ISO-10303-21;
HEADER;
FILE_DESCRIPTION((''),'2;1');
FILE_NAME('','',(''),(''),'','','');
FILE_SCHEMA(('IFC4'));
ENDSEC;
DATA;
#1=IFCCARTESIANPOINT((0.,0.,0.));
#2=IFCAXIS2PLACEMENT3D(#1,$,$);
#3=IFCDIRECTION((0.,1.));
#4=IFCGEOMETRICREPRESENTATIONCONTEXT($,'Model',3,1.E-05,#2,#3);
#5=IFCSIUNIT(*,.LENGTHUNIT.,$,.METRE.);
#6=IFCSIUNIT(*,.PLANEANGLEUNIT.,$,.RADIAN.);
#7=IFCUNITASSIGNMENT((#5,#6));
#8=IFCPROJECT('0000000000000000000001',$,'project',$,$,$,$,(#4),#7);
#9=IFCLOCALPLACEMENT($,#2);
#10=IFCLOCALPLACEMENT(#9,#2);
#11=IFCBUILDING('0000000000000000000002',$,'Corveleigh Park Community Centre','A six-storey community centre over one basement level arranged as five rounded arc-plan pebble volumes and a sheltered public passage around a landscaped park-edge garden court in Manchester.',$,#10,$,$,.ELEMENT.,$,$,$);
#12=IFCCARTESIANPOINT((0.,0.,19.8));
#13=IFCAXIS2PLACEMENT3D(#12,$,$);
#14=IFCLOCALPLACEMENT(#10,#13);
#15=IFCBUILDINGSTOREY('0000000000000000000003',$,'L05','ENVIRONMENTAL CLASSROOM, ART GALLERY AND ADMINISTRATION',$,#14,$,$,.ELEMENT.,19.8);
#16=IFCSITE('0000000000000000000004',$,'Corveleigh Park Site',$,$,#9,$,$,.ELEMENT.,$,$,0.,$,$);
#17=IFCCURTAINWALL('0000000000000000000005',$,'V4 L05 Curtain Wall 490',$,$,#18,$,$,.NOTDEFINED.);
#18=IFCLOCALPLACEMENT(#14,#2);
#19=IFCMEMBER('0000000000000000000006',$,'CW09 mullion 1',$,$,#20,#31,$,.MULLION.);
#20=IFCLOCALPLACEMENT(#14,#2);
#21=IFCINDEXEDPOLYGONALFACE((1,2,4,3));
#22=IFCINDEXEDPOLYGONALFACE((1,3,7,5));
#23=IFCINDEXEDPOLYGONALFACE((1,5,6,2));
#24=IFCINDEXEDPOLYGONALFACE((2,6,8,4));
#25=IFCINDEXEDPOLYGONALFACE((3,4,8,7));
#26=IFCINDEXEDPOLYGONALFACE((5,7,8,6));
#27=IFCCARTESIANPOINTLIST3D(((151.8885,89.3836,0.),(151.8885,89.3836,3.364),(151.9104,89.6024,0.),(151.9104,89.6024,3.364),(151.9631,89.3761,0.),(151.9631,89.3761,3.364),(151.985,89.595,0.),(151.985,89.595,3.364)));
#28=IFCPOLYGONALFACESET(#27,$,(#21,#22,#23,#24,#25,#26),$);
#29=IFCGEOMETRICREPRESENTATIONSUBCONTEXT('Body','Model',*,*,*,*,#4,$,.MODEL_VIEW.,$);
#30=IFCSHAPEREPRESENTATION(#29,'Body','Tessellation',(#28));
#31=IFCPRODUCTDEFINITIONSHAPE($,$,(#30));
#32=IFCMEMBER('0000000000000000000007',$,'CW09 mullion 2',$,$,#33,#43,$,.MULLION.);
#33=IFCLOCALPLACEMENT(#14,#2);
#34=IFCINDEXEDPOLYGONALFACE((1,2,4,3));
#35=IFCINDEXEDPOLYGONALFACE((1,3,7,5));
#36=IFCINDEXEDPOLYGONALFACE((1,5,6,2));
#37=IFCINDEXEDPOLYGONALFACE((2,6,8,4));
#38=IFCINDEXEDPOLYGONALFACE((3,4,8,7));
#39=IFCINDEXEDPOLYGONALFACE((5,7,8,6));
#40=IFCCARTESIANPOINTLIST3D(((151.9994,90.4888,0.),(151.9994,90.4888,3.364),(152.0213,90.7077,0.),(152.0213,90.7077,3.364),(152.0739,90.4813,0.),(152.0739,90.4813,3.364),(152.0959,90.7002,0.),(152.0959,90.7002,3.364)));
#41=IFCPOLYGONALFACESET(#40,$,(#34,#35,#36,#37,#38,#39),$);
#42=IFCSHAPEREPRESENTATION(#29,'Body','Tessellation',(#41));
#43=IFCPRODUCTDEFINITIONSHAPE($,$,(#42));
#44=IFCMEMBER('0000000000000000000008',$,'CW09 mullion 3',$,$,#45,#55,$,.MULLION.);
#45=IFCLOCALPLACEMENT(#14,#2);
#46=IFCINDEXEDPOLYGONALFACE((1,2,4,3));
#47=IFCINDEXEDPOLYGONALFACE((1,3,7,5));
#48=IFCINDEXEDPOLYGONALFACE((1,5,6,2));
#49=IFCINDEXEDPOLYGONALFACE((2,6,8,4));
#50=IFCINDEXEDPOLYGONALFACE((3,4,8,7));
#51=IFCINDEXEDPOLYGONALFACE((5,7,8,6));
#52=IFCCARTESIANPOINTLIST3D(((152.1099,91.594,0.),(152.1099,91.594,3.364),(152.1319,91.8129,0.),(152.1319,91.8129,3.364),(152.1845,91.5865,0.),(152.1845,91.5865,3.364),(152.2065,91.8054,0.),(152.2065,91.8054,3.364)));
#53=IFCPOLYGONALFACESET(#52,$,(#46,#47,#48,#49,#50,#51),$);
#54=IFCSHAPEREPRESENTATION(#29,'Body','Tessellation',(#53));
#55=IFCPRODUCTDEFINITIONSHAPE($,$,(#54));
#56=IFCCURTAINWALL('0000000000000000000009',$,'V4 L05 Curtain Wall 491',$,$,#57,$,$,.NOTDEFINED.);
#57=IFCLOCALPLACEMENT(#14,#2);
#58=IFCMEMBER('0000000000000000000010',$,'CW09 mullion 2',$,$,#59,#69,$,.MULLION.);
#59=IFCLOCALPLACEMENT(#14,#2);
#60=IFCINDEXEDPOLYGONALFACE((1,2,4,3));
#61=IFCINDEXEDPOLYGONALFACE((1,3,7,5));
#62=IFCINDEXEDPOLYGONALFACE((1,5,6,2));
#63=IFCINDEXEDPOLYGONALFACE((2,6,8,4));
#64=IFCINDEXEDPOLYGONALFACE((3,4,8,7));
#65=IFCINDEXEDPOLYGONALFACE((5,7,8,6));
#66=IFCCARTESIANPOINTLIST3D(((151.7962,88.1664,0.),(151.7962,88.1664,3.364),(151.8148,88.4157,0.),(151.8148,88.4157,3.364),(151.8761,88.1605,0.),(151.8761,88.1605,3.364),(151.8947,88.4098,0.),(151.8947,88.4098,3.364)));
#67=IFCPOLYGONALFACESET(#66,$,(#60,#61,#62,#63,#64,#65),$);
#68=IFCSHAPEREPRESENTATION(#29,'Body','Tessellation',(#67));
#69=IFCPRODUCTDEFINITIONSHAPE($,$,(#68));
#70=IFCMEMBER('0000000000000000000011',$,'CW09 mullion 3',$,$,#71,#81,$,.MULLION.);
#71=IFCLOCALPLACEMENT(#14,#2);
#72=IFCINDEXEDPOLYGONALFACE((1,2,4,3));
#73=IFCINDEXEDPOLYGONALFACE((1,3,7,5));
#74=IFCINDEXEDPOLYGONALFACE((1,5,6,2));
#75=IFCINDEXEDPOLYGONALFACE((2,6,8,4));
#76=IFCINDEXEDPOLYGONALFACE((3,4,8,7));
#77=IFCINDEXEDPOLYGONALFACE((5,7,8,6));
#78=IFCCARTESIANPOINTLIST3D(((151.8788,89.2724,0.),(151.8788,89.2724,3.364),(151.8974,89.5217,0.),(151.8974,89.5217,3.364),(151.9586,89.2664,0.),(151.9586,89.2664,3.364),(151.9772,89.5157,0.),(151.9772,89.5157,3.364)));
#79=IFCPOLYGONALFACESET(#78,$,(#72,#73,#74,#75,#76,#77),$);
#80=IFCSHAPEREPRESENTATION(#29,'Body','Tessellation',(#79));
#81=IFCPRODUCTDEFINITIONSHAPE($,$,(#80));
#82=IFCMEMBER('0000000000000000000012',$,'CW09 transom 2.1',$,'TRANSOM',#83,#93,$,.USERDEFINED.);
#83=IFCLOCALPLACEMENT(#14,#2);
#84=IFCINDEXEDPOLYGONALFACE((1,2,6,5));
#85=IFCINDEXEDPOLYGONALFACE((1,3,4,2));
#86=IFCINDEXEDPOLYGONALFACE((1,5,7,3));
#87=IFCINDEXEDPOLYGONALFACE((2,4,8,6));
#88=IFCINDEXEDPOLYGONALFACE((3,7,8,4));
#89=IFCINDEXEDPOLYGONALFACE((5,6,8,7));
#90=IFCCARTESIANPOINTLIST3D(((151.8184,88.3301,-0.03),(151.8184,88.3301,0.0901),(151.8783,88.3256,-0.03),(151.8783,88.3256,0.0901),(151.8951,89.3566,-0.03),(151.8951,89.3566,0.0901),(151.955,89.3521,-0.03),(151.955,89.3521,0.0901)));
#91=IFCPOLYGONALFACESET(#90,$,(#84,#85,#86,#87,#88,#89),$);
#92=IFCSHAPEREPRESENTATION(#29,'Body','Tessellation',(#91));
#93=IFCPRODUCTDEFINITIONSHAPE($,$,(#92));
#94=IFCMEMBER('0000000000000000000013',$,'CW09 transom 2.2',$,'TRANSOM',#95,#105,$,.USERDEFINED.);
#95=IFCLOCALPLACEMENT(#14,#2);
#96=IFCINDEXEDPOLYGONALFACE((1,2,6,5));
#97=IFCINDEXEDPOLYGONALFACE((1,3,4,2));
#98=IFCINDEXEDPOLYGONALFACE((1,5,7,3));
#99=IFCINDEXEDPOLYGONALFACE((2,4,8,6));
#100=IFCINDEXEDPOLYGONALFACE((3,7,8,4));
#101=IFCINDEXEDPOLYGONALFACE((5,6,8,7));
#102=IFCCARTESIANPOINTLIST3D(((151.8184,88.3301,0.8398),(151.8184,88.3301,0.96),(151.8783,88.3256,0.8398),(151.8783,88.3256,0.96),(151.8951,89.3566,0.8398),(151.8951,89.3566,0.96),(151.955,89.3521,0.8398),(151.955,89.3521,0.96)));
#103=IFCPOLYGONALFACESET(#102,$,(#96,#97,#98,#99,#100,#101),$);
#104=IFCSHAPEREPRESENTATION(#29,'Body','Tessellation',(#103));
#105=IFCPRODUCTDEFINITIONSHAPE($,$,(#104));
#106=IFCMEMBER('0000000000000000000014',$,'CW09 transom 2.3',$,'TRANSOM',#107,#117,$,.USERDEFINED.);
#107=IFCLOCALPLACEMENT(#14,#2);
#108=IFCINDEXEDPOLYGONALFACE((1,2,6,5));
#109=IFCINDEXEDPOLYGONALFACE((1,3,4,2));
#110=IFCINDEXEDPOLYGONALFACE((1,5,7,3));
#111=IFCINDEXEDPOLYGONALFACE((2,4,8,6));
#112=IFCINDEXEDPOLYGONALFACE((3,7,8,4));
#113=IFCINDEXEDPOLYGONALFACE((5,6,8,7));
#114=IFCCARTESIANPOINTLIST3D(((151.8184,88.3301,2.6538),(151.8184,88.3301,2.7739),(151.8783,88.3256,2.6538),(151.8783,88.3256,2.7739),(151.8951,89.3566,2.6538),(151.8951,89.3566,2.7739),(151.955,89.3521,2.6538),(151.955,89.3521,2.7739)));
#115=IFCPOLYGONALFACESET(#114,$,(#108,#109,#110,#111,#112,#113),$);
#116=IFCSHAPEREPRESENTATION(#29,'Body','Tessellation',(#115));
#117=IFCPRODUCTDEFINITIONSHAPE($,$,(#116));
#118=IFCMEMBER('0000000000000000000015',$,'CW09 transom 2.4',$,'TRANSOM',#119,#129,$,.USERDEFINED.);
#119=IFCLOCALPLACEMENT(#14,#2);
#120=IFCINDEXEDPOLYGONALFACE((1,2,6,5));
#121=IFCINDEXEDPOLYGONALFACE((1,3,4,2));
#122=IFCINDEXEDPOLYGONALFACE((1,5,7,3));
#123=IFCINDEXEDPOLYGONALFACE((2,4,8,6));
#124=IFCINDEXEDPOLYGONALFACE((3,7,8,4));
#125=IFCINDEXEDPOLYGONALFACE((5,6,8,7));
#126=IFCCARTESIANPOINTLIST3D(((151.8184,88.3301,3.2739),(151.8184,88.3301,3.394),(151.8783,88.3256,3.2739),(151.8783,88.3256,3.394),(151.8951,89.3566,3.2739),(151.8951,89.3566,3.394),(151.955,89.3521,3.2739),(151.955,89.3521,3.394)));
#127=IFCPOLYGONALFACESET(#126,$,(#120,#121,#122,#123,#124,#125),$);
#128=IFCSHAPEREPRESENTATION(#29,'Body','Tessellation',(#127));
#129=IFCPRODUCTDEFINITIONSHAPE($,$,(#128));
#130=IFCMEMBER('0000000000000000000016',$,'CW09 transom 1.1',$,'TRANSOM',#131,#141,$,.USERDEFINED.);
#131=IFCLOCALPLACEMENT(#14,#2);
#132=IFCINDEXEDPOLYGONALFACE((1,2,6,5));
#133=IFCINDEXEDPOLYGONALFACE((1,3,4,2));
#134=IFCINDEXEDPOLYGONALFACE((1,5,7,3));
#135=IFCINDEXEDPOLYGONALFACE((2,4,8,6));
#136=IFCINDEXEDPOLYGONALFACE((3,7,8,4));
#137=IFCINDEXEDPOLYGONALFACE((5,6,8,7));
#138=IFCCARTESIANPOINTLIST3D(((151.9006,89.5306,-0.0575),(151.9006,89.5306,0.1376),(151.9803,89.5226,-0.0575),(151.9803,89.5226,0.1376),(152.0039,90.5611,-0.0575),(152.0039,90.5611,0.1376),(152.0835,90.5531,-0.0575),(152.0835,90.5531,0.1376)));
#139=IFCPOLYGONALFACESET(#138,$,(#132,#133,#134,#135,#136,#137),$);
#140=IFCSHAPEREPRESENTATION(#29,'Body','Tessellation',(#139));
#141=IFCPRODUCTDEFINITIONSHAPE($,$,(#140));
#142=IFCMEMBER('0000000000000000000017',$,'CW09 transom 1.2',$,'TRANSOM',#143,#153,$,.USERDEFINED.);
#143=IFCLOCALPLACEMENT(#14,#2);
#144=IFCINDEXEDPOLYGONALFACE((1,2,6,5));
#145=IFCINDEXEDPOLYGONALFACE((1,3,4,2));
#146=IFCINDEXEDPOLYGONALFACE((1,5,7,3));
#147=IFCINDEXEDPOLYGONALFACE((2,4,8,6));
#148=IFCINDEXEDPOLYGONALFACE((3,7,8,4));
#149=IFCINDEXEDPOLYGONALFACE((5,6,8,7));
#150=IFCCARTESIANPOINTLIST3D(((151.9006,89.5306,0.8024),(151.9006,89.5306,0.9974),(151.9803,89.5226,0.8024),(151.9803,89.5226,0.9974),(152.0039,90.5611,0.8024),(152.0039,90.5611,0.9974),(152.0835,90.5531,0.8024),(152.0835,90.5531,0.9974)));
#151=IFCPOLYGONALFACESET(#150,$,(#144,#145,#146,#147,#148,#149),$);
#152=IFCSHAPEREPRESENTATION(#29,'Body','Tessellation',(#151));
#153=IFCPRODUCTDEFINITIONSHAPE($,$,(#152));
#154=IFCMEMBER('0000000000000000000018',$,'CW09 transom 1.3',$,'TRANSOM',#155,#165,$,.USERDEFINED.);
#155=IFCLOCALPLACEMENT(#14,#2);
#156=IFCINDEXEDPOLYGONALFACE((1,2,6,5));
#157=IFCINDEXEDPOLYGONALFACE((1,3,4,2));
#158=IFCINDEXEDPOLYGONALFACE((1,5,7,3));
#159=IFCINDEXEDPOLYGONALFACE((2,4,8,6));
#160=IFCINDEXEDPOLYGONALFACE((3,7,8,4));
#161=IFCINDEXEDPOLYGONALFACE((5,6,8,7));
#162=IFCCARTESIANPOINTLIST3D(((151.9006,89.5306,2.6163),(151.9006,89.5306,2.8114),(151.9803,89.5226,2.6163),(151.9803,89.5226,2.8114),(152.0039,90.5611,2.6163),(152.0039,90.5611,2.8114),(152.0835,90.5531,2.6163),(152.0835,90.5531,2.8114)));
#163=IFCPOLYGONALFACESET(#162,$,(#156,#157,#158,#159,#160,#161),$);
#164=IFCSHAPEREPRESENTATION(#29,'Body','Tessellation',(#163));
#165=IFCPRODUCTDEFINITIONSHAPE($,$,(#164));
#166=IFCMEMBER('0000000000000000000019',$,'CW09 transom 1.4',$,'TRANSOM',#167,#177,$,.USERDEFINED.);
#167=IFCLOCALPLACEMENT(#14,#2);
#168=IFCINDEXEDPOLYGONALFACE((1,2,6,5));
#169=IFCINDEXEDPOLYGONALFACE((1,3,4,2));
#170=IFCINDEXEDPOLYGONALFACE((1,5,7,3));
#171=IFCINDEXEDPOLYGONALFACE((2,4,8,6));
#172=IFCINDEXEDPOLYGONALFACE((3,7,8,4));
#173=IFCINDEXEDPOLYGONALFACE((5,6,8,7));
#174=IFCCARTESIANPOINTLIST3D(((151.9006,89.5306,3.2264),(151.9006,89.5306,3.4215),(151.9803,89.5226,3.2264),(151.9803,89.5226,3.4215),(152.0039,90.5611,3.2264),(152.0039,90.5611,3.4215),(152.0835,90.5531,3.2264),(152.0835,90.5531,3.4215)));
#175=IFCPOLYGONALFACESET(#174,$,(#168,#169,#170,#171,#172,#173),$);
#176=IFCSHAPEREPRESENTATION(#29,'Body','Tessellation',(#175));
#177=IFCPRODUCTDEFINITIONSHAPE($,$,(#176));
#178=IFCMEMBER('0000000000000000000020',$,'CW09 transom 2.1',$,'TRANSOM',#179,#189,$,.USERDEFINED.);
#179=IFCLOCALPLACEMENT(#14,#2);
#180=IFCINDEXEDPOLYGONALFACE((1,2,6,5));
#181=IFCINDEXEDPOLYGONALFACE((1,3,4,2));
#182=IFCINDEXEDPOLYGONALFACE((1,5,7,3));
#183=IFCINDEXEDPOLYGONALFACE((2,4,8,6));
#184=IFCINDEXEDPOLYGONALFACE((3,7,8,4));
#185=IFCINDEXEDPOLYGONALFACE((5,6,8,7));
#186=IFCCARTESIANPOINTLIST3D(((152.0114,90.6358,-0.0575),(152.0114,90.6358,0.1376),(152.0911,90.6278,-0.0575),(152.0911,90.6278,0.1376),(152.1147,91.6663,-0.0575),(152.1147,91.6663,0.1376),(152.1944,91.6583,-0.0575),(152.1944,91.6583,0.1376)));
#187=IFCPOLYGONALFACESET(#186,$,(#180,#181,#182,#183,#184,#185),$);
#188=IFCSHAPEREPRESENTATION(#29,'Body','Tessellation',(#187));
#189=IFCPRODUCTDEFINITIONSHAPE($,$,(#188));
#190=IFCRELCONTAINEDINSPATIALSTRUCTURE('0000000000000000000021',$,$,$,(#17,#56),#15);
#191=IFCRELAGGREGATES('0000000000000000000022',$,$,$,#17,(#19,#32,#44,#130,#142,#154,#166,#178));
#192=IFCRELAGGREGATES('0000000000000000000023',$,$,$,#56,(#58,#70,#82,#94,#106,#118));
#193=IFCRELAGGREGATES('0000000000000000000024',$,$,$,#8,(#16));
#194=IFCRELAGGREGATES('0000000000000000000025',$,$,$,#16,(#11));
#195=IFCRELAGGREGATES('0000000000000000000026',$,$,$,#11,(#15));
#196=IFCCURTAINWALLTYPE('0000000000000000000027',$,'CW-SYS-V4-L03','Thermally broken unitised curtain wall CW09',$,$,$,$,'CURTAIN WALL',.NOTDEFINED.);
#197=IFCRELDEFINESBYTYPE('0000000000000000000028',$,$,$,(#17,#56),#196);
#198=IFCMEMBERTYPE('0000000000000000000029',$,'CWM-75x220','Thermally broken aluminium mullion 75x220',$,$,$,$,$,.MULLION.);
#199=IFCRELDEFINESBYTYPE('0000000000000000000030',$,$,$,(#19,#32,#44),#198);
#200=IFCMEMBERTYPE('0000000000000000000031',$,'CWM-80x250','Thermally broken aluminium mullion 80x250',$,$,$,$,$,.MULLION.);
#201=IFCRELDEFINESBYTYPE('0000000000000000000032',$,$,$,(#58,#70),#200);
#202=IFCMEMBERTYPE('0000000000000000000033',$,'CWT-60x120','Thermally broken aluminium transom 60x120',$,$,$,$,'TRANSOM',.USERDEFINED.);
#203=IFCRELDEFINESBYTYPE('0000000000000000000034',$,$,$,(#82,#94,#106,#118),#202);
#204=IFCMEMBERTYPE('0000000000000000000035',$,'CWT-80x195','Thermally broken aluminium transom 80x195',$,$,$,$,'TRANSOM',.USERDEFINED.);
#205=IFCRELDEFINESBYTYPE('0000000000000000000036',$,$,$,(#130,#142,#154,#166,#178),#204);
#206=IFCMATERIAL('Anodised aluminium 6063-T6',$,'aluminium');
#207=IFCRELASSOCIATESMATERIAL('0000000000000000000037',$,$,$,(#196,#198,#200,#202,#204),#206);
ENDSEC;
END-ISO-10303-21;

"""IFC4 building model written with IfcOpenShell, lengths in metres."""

from ifc_helpers import new_model, si_unit, direction, frame, origin, origin_2d, place, context, subcontext, project, spatial, rectangle, extrude, material, material_profile, profile_set, type_object, element, aggregate, save


model = new_model("IFC4")

# Units and contexts
model_context = context("Model", 3, precision=1e-05, world=origin(), true_north=direction((0.0, 1.0)))
body_context = subcontext(model_context, "Body", "Model", "MODEL_VIEW")
ifc_project = project(units=[si_unit("LENGTHUNIT", "METRE"), si_unit("PLANEANGLEUNIT", "RADIAN")], contexts=[model_context])

# Site, building, storey
site_placement = place(None, origin())
site = spatial("IfcSite", under=ifc_project, at=site_placement, Name="Corveleigh Park Site", CompositionType="ELEMENT", RefElevation=0.0)
building_placement = place(site_placement, origin())
building = spatial("IfcBuilding", under=site, at=building_placement, Name="Corveleigh Park Community Centre", Description="A six-storey community centre over one basement level arranged as five rounded arc-plan pebble volumes and a sheltered public passage around a landscaped park-edge garden court in Manchester.", CompositionType="ELEMENT")
storey_placement = place(building_placement, frame((0.0, 0.0, 19.8)))
storey = spatial("IfcBuildingStorey", under=building, at=storey_placement, Name="L05", Description="ENVIRONMENTAL CLASSROOM, ART GALLERY AND ADMINISTRATION", CompositionType="ELEMENT", Elevation=19.8)

# Curtain walls, members
ifc_material_1 = material(Name="Anodised aluminium 6063-T6", Category="aluminium")
curtain_wall_type = type_object("IfcCurtainWallType", Name="CW-SYS-V4-L03", Description="Thermally broken unitised curtain wall CW09", ElementType="CURTAIN WALL", PredefinedType="NOTDEFINED", material=ifc_material_1)
curtain_wall_1_placement = place(storey_placement, origin())
curtain_wall_1 = element("IfcCurtainWall", 1, at=curtain_wall_1_placement, inside=storey, type_object=curtain_wall_type, Name="V4 L05 Curtain Wall 490", PredefinedType="NOTDEFINED")
ifc_material_profile_1 = material_profile(ifc_material_1, rectangle(XDim=0.075, YDim=0.22, at=origin_2d()), Name="ALU-M75x220", Category="aluminium")
ifc_profile_set_1 = profile_set([ifc_material_profile_1], Name="Anodised aluminium 6063-T6")
member_type_1 = type_object("IfcMemberType", Name="CWM-75x220", Description="Thermally broken aluminium mullion 75x220", PredefinedType="MULLION", material=ifc_profile_set_1)
member_1_placement = place(storey_placement, frame((151.9368, 89.4893, 0.0), z_axis=(0.0, 0.0, 1.0), x_axis=(-0.995016, 0.099719, 0.0)))
member_1 = element("IfcMember", 2, at=member_1_placement, type_object=member_type_1, Name="CW09 mullion 1", PredefinedType="MULLION", context=body_context, shape_type="SweptSolid", body=[
    extrude(rectangle(XDim=0.075, YDim=0.22, at=origin_2d()), origin(), (0.0, 0.0, 1.0), 3.364),
])
member_2_placement = place(storey_placement, frame((152.0476, 90.5945, 0.0), z_axis=(0.0, 0.0, 1.0), x_axis=(-0.995016, 0.099719, 0.0)))
member_2 = element("IfcMember", 3, at=member_2_placement, type_object=member_type_1, Name="CW09 mullion 2", PredefinedType="MULLION", context=body_context, shape_type="SweptSolid", body=[
    extrude(rectangle(XDim=0.075, YDim=0.22, at=origin_2d()), origin(), (0.0, 0.0, 1.0), 3.364),
])
member_3_placement = place(storey_placement, frame((152.1582, 91.6997, 0.0), z_axis=(0.0, 0.0, 1.0), x_axis=(-0.995016, 0.099719, 0.0)))
member_3 = element("IfcMember", 4, at=member_3_placement, type_object=member_type_1, Name="CW09 mullion 3", PredefinedType="MULLION", context=body_context, shape_type="SweptSolid", body=[
    extrude(rectangle(XDim=0.075, YDim=0.22, at=origin_2d()), origin(), (0.0, 0.0, 1.0), 3.364),
])
curtain_wall_2_placement = place(storey_placement, origin())
curtain_wall_2 = element("IfcCurtainWall", 5, at=curtain_wall_2_placement, inside=storey, type_object=curtain_wall_type, Name="V4 L05 Curtain Wall 491", PredefinedType="NOTDEFINED")
ifc_material_profile_2 = material_profile(ifc_material_1, rectangle(XDim=0.0801, YDim=0.25, at=origin_2d()), Name="ALU-M80x250", Category="aluminium")
ifc_profile_set_2 = profile_set([ifc_material_profile_2], Name="Anodised aluminium 6063-T6")
member_type_2 = type_object("IfcMemberType", Name="CWM-80x250", Description="Thermally broken aluminium mullion 80x250", PredefinedType="MULLION", material=ifc_profile_set_2)
member_4_placement = place(storey_placement, frame((151.8455, 88.2881, 0.0), z_axis=(0.0, 0.0, 1.0), x_axis=(-0.997228, 0.074401, 0.0)))
member_4 = element("IfcMember", 6, at=member_4_placement, type_object=member_type_2, Name="CW09 mullion 2", PredefinedType="MULLION", context=body_context, shape_type="SweptSolid", body=[
    extrude(rectangle(XDim=0.0801, YDim=0.25, at=origin_2d()), origin(), (0.0, 0.0, 1.0), 3.364),
])
member_5_placement = place(storey_placement, frame((151.928, 89.394, 0.0), z_axis=(0.0, 0.0, 1.0), x_axis=(-0.997228, 0.074401, 0.0)))
member_5 = element("IfcMember", 7, at=member_5_placement, type_object=member_type_2, Name="CW09 mullion 3", PredefinedType="MULLION", context=body_context, shape_type="SweptSolid", body=[
    extrude(rectangle(XDim=0.0801, YDim=0.25, at=origin_2d()), origin(), (0.0, 0.0, 1.0), 3.364),
])
ifc_material_profile_3 = material_profile(ifc_material_1, rectangle(XDim=0.0601, YDim=0.1201, at=origin_2d()), Name="ALU-T60x120", Category="aluminium")
ifc_profile_set_3 = profile_set([ifc_material_profile_3], Name="Anodised aluminium 6063-T6")
member_type_3 = type_object("IfcMemberType", Name="CWT-60x120", Description="Thermally broken aluminium transom 60x120", ElementType="TRANSOM", PredefinedType="USERDEFINED", material=ifc_profile_set_3)
member_6_placement = place(storey_placement, frame((151.8484, 88.3279, 0.03), z_axis=(0.074483, 0.997222, 0.0), x_axis=(-0.997222, 0.074483, 0.0)))
member_6 = element("IfcMember", 8, at=member_6_placement, type_object=member_type_3, Name="CW09 transom 2.1", ObjectType="TRANSOM", PredefinedType="USERDEFINED", context=body_context, shape_type="SweptSolid", body=[
    extrude(rectangle(XDim=0.0601, YDim=0.1201, at=origin_2d()), origin(), (0.0, 0.0, 1.0), 1.0293),
])
member_7_placement = place(storey_placement, frame((151.8484, 88.3279, 0.8999), z_axis=(0.074483, 0.997222, 0.0), x_axis=(-0.997222, 0.074483, 0.0)))
member_7 = element("IfcMember", 9, at=member_7_placement, type_object=member_type_3, Name="CW09 transom 2.2", ObjectType="TRANSOM", PredefinedType="USERDEFINED", context=body_context, shape_type="SweptSolid", body=[
    extrude(rectangle(XDim=0.0601, YDim=0.1201, at=origin_2d()), origin(), (0.0, 0.0, 1.0), 1.0293),
])
member_8_placement = place(storey_placement, frame((151.8484, 88.3279, 2.7139), z_axis=(0.074483, 0.997222, 0.0), x_axis=(-0.997222, 0.074483, 0.0)))
member_8 = element("IfcMember", 10, at=member_8_placement, type_object=member_type_3, Name="CW09 transom 2.3", ObjectType="TRANSOM", PredefinedType="USERDEFINED", context=body_context, shape_type="SweptSolid", body=[
    extrude(rectangle(XDim=0.0601, YDim=0.1201, at=origin_2d()), origin(), (0.0, 0.0, 1.0), 1.0293),
])
member_9_placement = place(storey_placement, frame((151.8484, 88.3279, 3.334), z_axis=(0.074483, 0.997222, 0.0), x_axis=(-0.997222, 0.074483, 0.0)))
member_9 = element("IfcMember", 11, at=member_9_placement, type_object=member_type_3, Name="CW09 transom 2.4", ObjectType="TRANSOM", PredefinedType="USERDEFINED", context=body_context, shape_type="SweptSolid", body=[
    extrude(rectangle(XDim=0.0601, YDim=0.1201, at=origin_2d()), origin(), (0.0, 0.0, 1.0), 1.0293),
])

# Members
ifc_material_profile_4 = material_profile(ifc_material_1, rectangle(XDim=0.0801, YDim=0.1951, at=origin_2d()), Name="ALU-T80x195", Category="aluminium")
ifc_profile_set_4 = profile_set([ifc_material_profile_4], Name="Anodised aluminium 6063-T6")
member_type_4 = type_object("IfcMemberType", Name="CWT-80x195", Description="Thermally broken aluminium transom 80x195", ElementType="TRANSOM", PredefinedType="USERDEFINED", material=ifc_profile_set_4)
member_10_placement = place(storey_placement, frame((151.9404, 89.5266, 0.04), z_axis=(0.099714, 0.995016, 0.0), x_axis=(-0.995016, 0.099714, 0.0)))
member_10 = element("IfcMember", 12, at=member_10_placement, type_object=member_type_4, Name="CW09 transom 1.1", ObjectType="TRANSOM", PredefinedType="USERDEFINED", context=body_context, shape_type="SweptSolid", body=[
    extrude(rectangle(XDim=0.0801, YDim=0.1951, at=origin_2d()), origin(), (0.0, 0.0, 1.0), 1.0356),
])
member_11_placement = place(storey_placement, frame((151.9404, 89.5266, 0.8999), z_axis=(0.099714, 0.995016, 0.0), x_axis=(-0.995016, 0.099714, 0.0)))
member_11 = element("IfcMember", 13, at=member_11_placement, type_object=member_type_4, Name="CW09 transom 1.2", ObjectType="TRANSOM", PredefinedType="USERDEFINED", context=body_context, shape_type="SweptSolid", body=[
    extrude(rectangle(XDim=0.0801, YDim=0.1951, at=origin_2d()), origin(), (0.0, 0.0, 1.0), 1.0356),
])
member_12_placement = place(storey_placement, frame((151.9404, 89.5266, 2.7139), z_axis=(0.099714, 0.995016, 0.0), x_axis=(-0.995016, 0.099714, 0.0)))
member_12 = element("IfcMember", 14, at=member_12_placement, type_object=member_type_4, Name="CW09 transom 1.3", ObjectType="TRANSOM", PredefinedType="USERDEFINED", context=body_context, shape_type="SweptSolid", body=[
    extrude(rectangle(XDim=0.0801, YDim=0.1951, at=origin_2d()), origin(), (0.0, 0.0, 1.0), 1.0356),
])
member_13_placement = place(storey_placement, frame((151.9404, 89.5266, 3.324), z_axis=(0.099714, 0.995016, 0.0), x_axis=(-0.995016, 0.099714, 0.0)))
member_13 = element("IfcMember", 15, at=member_13_placement, type_object=member_type_4, Name="CW09 transom 1.4", ObjectType="TRANSOM", PredefinedType="USERDEFINED", context=body_context, shape_type="SweptSolid", body=[
    extrude(rectangle(XDim=0.0801, YDim=0.1951, at=origin_2d()), origin(), (0.0, 0.0, 1.0), 1.0356),
])
member_14_placement = place(storey_placement, frame((152.0513, 90.6318, 0.04), z_axis=(0.099714, 0.995016, 0.0), x_axis=(-0.995016, 0.099714, 0.0)))
member_14 = element("IfcMember", 16, at=member_14_placement, type_object=member_type_4, Name="CW09 transom 2.1", ObjectType="TRANSOM", PredefinedType="USERDEFINED", context=body_context, shape_type="SweptSolid", body=[
    extrude(rectangle(XDim=0.0801, YDim=0.1951, at=origin_2d()), origin(), (0.0, 0.0, 1.0), 1.0356),
])

aggregate(curtain_wall_1, [member_1, member_2, member_3, member_10, member_11, member_12, member_13, member_14])
aggregate(curtain_wall_2, [member_4, member_5, member_6, member_7, member_8, member_9])

save(model, "model.ifc")
